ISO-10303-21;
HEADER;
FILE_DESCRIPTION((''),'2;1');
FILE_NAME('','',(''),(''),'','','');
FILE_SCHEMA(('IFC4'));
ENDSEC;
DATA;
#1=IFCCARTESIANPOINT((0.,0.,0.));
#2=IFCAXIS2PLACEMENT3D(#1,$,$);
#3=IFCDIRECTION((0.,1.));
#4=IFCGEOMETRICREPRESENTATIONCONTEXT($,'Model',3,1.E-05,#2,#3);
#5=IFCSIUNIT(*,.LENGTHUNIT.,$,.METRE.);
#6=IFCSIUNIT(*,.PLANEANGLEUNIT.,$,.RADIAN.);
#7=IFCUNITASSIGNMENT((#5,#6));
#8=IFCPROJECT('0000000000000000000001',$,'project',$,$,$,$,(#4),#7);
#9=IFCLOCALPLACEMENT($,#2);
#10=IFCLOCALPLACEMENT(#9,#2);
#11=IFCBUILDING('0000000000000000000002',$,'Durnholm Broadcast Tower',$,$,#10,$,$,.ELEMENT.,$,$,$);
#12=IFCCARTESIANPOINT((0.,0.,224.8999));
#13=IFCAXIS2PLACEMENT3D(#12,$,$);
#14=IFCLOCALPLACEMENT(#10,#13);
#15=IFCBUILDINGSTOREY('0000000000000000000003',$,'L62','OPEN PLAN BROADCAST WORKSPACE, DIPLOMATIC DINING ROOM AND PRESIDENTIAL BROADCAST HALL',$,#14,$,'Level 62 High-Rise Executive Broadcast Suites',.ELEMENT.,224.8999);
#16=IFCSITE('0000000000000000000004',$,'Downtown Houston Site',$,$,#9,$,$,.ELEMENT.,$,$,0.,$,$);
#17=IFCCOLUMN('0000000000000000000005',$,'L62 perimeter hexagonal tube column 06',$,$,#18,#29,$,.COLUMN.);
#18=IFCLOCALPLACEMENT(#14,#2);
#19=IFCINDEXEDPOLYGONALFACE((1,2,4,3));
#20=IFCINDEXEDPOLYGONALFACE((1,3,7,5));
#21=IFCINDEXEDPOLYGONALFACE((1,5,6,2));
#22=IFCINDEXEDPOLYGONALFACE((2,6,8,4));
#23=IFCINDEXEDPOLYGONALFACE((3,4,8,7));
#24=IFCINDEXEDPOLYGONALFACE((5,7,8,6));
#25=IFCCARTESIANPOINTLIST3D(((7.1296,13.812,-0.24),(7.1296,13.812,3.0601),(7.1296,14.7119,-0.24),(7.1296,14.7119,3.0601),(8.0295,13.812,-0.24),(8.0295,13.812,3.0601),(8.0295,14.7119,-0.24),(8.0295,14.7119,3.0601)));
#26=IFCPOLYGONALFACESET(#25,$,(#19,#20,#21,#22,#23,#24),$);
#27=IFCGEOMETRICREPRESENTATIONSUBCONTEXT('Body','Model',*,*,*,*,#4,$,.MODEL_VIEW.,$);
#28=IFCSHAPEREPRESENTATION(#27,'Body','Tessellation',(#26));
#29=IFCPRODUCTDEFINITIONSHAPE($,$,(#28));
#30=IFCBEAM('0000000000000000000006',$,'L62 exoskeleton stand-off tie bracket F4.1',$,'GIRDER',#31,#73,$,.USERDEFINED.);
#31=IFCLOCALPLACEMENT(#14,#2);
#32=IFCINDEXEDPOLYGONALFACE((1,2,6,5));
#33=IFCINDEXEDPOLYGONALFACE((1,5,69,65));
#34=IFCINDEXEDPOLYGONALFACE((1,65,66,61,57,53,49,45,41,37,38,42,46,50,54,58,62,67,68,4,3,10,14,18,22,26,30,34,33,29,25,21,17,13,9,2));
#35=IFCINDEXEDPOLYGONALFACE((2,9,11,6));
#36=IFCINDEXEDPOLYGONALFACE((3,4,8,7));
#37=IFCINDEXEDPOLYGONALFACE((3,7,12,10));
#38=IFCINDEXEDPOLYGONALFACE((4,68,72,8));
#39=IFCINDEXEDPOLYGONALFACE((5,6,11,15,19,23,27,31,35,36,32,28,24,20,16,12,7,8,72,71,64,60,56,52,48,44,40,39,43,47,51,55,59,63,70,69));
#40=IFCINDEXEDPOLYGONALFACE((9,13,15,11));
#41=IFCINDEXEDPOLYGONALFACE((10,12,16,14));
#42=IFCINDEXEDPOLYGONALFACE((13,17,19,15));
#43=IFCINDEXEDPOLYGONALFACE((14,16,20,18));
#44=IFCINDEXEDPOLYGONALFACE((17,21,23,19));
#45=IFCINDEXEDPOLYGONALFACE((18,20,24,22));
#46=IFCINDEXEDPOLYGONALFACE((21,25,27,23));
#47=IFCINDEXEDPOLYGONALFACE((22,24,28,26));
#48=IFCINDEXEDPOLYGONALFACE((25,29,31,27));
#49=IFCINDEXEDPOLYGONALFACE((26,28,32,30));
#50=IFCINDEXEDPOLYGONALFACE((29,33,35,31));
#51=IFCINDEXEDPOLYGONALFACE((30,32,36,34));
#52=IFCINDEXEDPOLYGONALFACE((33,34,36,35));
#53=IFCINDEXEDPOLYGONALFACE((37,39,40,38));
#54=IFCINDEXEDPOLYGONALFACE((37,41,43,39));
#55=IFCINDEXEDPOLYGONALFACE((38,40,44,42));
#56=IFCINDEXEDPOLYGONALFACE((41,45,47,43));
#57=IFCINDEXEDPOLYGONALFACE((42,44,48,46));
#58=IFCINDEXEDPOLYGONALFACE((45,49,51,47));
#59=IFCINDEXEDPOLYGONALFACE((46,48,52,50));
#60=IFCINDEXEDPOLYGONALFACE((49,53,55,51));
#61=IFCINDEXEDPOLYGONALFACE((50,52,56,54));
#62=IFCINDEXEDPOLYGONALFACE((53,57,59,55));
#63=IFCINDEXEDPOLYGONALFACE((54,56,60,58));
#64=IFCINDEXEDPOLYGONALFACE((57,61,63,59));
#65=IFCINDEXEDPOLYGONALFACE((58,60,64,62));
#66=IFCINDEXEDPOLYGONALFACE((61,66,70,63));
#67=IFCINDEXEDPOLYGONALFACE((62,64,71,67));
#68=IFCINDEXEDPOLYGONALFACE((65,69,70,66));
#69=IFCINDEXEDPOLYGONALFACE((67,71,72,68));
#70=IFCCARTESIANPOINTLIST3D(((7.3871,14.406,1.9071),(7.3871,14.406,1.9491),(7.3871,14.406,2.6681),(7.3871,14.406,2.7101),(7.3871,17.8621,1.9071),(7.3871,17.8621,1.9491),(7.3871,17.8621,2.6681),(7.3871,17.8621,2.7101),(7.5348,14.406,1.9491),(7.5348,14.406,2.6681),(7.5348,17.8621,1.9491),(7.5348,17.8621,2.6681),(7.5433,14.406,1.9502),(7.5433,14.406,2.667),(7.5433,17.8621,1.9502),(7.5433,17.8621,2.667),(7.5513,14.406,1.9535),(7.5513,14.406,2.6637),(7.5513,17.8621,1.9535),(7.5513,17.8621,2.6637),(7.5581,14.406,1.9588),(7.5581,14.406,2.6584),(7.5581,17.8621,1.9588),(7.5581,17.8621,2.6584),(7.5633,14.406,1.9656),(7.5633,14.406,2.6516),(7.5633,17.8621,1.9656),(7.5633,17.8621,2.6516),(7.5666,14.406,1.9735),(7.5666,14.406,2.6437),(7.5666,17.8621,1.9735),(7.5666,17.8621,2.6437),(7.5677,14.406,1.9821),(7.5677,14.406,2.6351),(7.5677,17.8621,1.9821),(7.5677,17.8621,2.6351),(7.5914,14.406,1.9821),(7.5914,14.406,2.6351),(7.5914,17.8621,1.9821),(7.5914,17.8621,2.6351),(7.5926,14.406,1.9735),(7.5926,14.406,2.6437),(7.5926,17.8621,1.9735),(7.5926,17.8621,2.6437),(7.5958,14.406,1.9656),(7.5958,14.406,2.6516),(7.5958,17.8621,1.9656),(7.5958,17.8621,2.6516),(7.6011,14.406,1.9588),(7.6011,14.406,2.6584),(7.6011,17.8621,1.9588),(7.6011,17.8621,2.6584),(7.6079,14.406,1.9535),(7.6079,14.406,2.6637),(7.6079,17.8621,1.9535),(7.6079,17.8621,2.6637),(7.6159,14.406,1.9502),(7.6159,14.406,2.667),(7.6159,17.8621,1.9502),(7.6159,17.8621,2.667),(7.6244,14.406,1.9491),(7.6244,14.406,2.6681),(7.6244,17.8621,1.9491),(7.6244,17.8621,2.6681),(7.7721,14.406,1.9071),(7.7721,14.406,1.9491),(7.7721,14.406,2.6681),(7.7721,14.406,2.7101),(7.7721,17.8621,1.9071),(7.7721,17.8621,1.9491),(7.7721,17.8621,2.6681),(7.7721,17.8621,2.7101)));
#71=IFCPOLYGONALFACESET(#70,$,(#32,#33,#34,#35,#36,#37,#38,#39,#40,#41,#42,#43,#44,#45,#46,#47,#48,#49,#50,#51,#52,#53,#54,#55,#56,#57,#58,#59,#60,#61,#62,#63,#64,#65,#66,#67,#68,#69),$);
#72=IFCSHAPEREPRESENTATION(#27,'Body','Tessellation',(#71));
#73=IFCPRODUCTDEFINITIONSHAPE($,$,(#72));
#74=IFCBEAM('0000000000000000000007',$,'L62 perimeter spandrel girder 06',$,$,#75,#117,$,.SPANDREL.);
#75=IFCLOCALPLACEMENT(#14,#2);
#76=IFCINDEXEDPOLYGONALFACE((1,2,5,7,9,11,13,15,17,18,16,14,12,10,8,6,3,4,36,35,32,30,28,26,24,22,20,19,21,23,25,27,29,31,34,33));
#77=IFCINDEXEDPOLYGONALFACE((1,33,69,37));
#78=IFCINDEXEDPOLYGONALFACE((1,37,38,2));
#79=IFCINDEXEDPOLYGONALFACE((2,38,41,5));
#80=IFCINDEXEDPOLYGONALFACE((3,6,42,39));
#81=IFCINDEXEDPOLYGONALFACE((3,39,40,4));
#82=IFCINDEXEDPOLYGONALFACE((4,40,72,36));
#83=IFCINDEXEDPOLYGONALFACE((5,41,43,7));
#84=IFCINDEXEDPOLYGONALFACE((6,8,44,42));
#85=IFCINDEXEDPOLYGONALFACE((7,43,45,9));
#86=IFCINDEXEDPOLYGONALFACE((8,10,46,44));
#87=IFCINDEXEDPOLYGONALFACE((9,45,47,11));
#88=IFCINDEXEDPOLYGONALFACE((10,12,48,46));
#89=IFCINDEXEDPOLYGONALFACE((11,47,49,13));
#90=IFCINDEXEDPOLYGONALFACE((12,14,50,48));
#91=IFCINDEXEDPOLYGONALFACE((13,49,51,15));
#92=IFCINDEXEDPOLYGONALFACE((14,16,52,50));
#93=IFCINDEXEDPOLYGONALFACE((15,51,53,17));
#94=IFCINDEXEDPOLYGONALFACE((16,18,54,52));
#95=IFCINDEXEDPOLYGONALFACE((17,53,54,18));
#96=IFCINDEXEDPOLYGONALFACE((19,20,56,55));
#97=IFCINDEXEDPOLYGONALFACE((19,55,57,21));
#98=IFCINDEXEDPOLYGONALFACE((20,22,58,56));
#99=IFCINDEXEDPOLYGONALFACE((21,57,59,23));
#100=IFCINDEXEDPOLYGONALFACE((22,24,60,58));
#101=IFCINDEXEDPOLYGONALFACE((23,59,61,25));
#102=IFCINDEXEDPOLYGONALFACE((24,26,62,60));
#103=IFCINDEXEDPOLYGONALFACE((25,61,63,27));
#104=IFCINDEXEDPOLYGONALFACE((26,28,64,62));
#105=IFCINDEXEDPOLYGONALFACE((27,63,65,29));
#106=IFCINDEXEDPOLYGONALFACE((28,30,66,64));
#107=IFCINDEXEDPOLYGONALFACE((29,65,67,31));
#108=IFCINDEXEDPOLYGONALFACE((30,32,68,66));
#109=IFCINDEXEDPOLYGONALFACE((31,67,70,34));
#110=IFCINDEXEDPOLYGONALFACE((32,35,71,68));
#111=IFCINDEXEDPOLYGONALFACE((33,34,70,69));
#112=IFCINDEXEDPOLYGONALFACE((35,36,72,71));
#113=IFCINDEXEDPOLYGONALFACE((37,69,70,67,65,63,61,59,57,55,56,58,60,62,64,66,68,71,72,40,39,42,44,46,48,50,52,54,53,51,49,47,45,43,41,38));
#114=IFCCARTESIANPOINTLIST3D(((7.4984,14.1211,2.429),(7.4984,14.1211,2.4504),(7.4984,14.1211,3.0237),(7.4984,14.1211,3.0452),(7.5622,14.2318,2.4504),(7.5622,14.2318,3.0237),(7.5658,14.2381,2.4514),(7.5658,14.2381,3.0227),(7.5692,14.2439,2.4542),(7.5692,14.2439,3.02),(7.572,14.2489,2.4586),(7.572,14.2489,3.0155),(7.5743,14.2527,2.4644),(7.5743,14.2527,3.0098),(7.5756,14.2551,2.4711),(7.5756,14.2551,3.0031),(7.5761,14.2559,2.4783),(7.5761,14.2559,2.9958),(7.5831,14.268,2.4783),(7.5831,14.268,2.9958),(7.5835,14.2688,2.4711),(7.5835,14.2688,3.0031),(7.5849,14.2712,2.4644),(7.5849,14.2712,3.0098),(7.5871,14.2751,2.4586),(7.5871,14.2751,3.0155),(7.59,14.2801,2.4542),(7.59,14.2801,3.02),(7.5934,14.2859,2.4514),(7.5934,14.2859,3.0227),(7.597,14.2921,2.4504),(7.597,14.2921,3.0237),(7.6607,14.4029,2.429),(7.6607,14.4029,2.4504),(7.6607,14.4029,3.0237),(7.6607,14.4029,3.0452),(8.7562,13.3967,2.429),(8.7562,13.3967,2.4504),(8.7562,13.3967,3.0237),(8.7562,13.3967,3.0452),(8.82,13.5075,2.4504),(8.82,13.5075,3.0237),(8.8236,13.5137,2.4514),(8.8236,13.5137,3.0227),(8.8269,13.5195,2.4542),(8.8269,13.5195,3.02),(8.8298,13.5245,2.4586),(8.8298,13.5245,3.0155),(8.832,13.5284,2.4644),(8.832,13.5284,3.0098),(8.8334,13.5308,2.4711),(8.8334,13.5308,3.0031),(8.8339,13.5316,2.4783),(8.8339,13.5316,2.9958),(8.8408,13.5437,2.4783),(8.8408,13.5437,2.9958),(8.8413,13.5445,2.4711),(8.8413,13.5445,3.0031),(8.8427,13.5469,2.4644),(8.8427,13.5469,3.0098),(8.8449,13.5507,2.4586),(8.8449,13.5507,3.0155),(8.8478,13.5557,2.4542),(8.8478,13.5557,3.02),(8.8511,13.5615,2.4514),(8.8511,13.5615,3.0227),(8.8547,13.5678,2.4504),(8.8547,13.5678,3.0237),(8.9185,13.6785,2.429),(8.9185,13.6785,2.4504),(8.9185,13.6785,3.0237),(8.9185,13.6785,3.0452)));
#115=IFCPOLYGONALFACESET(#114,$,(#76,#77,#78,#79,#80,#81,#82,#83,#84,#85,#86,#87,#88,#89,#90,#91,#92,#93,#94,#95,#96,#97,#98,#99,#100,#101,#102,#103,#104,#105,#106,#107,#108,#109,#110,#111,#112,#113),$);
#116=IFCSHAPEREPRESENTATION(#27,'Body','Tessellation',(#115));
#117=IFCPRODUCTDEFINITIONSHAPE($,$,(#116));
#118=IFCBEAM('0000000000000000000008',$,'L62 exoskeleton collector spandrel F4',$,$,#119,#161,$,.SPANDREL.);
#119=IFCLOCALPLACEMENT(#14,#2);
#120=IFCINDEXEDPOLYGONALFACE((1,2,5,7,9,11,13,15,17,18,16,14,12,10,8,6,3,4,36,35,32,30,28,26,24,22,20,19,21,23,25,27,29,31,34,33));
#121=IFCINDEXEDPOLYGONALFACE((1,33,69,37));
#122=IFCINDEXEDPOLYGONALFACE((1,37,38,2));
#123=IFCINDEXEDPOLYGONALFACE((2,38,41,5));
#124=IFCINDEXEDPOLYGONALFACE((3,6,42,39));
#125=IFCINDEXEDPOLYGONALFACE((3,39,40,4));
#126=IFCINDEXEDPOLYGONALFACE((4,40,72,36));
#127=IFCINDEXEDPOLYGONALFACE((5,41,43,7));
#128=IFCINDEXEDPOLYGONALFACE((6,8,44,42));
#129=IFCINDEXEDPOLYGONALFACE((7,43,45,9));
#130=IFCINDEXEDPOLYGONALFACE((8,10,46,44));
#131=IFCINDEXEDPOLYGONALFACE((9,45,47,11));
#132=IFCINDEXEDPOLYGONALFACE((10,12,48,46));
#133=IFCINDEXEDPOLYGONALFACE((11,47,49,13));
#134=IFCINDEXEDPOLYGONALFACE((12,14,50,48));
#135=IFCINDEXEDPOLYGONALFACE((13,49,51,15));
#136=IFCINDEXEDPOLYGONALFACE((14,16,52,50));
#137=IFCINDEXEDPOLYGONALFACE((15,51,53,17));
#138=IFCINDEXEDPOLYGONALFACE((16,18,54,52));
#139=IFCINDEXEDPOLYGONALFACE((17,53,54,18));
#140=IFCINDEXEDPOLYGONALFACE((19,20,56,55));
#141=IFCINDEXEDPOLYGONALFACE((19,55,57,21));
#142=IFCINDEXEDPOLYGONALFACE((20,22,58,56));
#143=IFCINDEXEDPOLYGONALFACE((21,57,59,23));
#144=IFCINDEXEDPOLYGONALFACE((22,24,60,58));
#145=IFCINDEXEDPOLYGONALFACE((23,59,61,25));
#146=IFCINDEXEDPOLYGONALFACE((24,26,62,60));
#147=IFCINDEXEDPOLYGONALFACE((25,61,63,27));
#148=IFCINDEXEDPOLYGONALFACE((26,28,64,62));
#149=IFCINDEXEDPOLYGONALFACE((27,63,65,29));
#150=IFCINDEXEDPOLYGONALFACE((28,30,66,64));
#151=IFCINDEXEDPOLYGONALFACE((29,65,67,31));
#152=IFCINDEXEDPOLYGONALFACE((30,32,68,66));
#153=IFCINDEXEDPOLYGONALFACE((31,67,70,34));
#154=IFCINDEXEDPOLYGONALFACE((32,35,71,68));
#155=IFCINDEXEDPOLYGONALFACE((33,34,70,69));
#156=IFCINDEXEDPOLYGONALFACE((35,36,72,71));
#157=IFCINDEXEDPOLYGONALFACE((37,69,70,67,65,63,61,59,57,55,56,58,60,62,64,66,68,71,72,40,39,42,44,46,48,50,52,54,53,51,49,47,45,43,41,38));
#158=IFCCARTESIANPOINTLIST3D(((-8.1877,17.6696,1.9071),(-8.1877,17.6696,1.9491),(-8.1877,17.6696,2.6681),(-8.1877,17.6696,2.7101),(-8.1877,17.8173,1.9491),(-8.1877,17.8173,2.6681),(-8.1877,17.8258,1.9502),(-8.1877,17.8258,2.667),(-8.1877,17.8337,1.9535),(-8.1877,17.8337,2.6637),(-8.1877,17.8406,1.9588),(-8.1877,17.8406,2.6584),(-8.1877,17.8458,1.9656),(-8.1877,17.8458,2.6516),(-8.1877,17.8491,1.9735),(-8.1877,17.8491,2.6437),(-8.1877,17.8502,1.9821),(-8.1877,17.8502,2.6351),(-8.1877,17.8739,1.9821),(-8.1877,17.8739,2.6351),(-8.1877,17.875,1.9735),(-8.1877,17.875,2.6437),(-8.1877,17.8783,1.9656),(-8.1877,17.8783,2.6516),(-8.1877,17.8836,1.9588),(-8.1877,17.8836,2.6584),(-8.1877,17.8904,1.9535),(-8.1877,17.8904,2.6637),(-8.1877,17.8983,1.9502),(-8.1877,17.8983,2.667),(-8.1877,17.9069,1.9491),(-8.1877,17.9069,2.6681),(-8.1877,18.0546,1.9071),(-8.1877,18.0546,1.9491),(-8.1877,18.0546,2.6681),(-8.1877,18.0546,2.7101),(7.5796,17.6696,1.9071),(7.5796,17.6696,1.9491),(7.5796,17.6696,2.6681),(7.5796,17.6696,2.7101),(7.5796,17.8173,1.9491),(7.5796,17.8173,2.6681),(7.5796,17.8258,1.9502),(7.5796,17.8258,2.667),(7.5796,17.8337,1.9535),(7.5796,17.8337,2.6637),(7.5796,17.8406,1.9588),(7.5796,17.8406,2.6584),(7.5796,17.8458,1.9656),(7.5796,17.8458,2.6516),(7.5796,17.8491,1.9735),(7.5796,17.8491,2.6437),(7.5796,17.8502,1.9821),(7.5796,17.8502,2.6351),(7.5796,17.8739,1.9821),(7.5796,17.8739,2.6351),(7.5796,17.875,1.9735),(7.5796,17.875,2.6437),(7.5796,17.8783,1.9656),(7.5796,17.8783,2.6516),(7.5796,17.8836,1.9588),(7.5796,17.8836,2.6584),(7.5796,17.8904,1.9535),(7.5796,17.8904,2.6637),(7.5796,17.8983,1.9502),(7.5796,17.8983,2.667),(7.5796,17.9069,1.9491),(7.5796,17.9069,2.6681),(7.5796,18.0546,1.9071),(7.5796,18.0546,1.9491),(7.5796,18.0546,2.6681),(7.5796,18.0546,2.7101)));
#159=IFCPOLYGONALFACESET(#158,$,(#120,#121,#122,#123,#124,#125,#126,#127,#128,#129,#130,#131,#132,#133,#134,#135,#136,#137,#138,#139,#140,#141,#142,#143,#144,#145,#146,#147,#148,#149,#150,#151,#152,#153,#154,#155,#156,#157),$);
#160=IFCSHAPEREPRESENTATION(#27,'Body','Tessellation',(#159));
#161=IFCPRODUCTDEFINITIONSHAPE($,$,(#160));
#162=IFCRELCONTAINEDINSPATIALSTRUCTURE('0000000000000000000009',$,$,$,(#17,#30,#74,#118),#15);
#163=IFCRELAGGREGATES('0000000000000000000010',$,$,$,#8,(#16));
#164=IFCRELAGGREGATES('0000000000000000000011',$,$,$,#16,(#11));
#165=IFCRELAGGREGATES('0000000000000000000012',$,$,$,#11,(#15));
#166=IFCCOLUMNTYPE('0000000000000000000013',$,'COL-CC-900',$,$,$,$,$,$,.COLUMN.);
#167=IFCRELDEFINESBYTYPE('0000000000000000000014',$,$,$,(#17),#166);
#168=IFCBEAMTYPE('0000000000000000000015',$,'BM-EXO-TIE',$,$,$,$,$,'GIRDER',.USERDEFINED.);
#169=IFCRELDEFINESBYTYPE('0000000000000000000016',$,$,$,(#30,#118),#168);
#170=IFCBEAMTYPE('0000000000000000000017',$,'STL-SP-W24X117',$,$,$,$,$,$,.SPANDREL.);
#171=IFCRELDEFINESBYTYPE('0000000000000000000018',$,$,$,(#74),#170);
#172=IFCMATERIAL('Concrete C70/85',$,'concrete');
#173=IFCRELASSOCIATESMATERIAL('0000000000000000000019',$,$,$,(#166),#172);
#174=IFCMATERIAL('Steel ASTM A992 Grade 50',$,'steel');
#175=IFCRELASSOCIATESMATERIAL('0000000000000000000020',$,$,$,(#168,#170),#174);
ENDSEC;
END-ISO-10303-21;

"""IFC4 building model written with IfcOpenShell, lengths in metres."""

from ifc_helpers import new_model, si_unit, direction, frame, origin, origin_2d, place, context, subcontext, project, spatial, rectangle, i_section, extrude, source, transform, mapped, material, material_profile, profile_set, type_object, type_shapes, element, save


model = new_model("IFC4")

# Units and contexts
model_context = context("Model", 3, precision=1e-05, world=origin(), true_north=direction((0.0, 1.0)))
body_context = subcontext(model_context, "Body", "Model", "MODEL_VIEW")
ifc_project = project(units=[si_unit("LENGTHUNIT", "METRE"), si_unit("PLANEANGLEUNIT", "RADIAN")], contexts=[model_context])

# Site, building, storey
site_placement = place(None, origin())
site = spatial("IfcSite", under=ifc_project, at=site_placement, Name="Downtown Houston Site", CompositionType="ELEMENT", RefElevation=0.0)
building_placement = place(site_placement, origin())
building = spatial("IfcBuilding", under=site, at=building_placement, Name="Durnholm Broadcast Tower", CompositionType="ELEMENT")
storey_placement = place(building_placement, frame((0.0, 0.0, 224.8999)))
storey = spatial("IfcBuildingStorey", under=building, at=storey_placement, Name="L62", Description="OPEN PLAN BROADCAST WORKSPACE, DIPLOMATIC DINING ROOM AND PRESIDENTIAL BROADCAST HALL", LongName="Level 62 High-Rise Executive Broadcast Suites", CompositionType="ELEMENT", Elevation=224.8999)

# Column
ifc_material_1 = material(Name="Concrete C70/85", Category="concrete")
ifc_material_profile_1 = material_profile(ifc_material_1, rectangle(XDim=0.8999, YDim=0.8999, at=origin_2d()), Name="RC900X900")
ifc_profile_set_1 = profile_set([ifc_material_profile_1], Name="Concrete C70/85")
column_type = type_object("IfcColumnType", Name="COL-CC-900", PredefinedType="COLUMN", material=ifc_profile_set_1)
shared_shape_1 = source(origin(), body_context, "Body", "SweptSolid", [
    extrude(rectangle(XDim=0.8999, YDim=0.8999, at=origin_2d()), origin(), (0.0, 0.0, 1.0), 3.3),
])
type_shapes(column_type, [shared_shape_1])
column_placement = place(storey_placement, frame((7.5796, 14.262, -0.24), z_axis=(0.0, 0.0, 1.0), x_axis=(1.0, 0.0, 0.0)))
element("IfcColumn", 1, at=column_placement, inside=storey, type_object=column_type, Name="L62 perimeter hexagonal tube column 06", PredefinedType="COLUMN", context=body_context, shape_type="MappedRepresentation", body=[
    mapped(shared_shape_1, transform((0.0, 0.0, 0.0), x_axis=(1.0, 0.0, 0.0), y_axis=(0.0, 1.0, 0.0), z_axis=(0.0, 0.0, 1.0), scale=1.0)),
])

# Beams
ifc_material_2 = material(Name="Steel ASTM A992 Grade 50", Category="steel")
ifc_material_profile_2 = material_profile(ifc_material_2, i_section(OverallWidth=0.385, OverallDepth=0.803, WebThickness=0.0237, FlangeThickness=0.042, FilletRadius=0.033, at=origin_2d()), Name="W30X261")
ifc_profile_set_2 = profile_set([ifc_material_profile_2], Name="Steel ASTM A992 Grade 50")
beam_type_1 = type_object("IfcBeamType", Name="BM-EXO-TIE", ElementType="GIRDER", PredefinedType="USERDEFINED", material=ifc_profile_set_2)
shared_shape_2 = source(origin(), body_context, "Body", "SweptSolid", [
    extrude(i_section(OverallWidth=0.385, OverallDepth=0.803, WebThickness=0.0237, FlangeThickness=0.042, FilletRadius=0.033, at=origin_2d()), origin(), (0.0, 0.0, 1.0), 3.4561),
])
beam_1_placement = place(storey_placement, frame((7.5796, 14.406, 2.3086), z_axis=(0.0, 1.0, 0.0), x_axis=(-1.0, 0.0, 0.0)))
element("IfcBeam", 2, at=beam_1_placement, inside=storey, type_object=beam_type_1, Name="L62 exoskeleton stand-off tie bracket F4.1", ObjectType="GIRDER", PredefinedType="USERDEFINED", context=body_context, shape_type="MappedRepresentation", body=[
    mapped(shared_shape_2, transform((0.0, 0.0, 0.0), x_axis=(1.0, 0.0, 0.0), y_axis=(0.0, 1.0, 0.0), z_axis=(0.0, 0.0, 1.0), scale=1.0)),
])
ifc_material_profile_3 = material_profile(ifc_material_2, i_section(OverallWidth=0.3252, OverallDepth=0.6162, WebThickness=0.0139, FlangeThickness=0.0215, FilletRadius=0.0278, at=origin_2d()), Name="W24X117")
ifc_profile_set_3 = profile_set([ifc_material_profile_3], Name="Steel ASTM A992 Grade 50")
beam_type_2 = type_object("IfcBeamType", Name="STL-SP-W24X117", PredefinedType="SPANDREL", material=ifc_profile_set_3)
shared_shape_3 = source(origin(), body_context, "Body", "SweptSolid", [
    extrude(i_section(OverallWidth=0.3252, OverallDepth=0.6162, WebThickness=0.0139, FlangeThickness=0.0215, FilletRadius=0.0278, at=origin_2d()), origin(), (0.0, 0.0, 1.0), 1.4514),
])
type_shapes(beam_type_2, [shared_shape_3])
beam_2_placement = place(storey_placement, frame((7.5796, 14.262, 2.7371), z_axis=(0.866572, -0.499052, 0.0), x_axis=(0.499052, 0.866572, 0.0)))
element("IfcBeam", 3, at=beam_2_placement, inside=storey, type_object=beam_type_2, Name="L62 perimeter spandrel girder 06", PredefinedType="SPANDREL", context=body_context, shape_type="MappedRepresentation", body=[
    mapped(shared_shape_3, transform((0.0, 0.0, 0.0), x_axis=(1.0, 0.0, 0.0), y_axis=(0.0, 1.0, 0.0), z_axis=(0.0, 0.0, 1.0), scale=1.0)),
])
shared_shape_4 = source(origin(), body_context, "Body", "SweptSolid", [
    extrude(i_section(OverallWidth=0.385, OverallDepth=0.803, WebThickness=0.0237, FlangeThickness=0.042, FilletRadius=0.033, at=origin_2d()), origin(), (0.0, 0.0, 1.0), 15.7673),
])
type_shapes(beam_type_1, [shared_shape_2, shared_shape_4])
beam_3_placement = place(storey_placement, frame((7.5796, 17.8621, 2.3086), z_axis=(-1.0, 0.0, 0.0), x_axis=(0.0, -1.0, 0.0)))
element("IfcBeam", 4, at=beam_3_placement, inside=storey, type_object=beam_type_1, Name="L62 exoskeleton collector spandrel F4", PredefinedType="SPANDREL", context=body_context, shape_type="MappedRepresentation", body=[
    mapped(shared_shape_4, transform((0.0, 0.0, 0.0), x_axis=(1.0, 0.0, 0.0), y_axis=(0.0, 1.0, 0.0), z_axis=(0.0, 0.0, 1.0), scale=1.0)),
])

save(model, "model.ifc")
